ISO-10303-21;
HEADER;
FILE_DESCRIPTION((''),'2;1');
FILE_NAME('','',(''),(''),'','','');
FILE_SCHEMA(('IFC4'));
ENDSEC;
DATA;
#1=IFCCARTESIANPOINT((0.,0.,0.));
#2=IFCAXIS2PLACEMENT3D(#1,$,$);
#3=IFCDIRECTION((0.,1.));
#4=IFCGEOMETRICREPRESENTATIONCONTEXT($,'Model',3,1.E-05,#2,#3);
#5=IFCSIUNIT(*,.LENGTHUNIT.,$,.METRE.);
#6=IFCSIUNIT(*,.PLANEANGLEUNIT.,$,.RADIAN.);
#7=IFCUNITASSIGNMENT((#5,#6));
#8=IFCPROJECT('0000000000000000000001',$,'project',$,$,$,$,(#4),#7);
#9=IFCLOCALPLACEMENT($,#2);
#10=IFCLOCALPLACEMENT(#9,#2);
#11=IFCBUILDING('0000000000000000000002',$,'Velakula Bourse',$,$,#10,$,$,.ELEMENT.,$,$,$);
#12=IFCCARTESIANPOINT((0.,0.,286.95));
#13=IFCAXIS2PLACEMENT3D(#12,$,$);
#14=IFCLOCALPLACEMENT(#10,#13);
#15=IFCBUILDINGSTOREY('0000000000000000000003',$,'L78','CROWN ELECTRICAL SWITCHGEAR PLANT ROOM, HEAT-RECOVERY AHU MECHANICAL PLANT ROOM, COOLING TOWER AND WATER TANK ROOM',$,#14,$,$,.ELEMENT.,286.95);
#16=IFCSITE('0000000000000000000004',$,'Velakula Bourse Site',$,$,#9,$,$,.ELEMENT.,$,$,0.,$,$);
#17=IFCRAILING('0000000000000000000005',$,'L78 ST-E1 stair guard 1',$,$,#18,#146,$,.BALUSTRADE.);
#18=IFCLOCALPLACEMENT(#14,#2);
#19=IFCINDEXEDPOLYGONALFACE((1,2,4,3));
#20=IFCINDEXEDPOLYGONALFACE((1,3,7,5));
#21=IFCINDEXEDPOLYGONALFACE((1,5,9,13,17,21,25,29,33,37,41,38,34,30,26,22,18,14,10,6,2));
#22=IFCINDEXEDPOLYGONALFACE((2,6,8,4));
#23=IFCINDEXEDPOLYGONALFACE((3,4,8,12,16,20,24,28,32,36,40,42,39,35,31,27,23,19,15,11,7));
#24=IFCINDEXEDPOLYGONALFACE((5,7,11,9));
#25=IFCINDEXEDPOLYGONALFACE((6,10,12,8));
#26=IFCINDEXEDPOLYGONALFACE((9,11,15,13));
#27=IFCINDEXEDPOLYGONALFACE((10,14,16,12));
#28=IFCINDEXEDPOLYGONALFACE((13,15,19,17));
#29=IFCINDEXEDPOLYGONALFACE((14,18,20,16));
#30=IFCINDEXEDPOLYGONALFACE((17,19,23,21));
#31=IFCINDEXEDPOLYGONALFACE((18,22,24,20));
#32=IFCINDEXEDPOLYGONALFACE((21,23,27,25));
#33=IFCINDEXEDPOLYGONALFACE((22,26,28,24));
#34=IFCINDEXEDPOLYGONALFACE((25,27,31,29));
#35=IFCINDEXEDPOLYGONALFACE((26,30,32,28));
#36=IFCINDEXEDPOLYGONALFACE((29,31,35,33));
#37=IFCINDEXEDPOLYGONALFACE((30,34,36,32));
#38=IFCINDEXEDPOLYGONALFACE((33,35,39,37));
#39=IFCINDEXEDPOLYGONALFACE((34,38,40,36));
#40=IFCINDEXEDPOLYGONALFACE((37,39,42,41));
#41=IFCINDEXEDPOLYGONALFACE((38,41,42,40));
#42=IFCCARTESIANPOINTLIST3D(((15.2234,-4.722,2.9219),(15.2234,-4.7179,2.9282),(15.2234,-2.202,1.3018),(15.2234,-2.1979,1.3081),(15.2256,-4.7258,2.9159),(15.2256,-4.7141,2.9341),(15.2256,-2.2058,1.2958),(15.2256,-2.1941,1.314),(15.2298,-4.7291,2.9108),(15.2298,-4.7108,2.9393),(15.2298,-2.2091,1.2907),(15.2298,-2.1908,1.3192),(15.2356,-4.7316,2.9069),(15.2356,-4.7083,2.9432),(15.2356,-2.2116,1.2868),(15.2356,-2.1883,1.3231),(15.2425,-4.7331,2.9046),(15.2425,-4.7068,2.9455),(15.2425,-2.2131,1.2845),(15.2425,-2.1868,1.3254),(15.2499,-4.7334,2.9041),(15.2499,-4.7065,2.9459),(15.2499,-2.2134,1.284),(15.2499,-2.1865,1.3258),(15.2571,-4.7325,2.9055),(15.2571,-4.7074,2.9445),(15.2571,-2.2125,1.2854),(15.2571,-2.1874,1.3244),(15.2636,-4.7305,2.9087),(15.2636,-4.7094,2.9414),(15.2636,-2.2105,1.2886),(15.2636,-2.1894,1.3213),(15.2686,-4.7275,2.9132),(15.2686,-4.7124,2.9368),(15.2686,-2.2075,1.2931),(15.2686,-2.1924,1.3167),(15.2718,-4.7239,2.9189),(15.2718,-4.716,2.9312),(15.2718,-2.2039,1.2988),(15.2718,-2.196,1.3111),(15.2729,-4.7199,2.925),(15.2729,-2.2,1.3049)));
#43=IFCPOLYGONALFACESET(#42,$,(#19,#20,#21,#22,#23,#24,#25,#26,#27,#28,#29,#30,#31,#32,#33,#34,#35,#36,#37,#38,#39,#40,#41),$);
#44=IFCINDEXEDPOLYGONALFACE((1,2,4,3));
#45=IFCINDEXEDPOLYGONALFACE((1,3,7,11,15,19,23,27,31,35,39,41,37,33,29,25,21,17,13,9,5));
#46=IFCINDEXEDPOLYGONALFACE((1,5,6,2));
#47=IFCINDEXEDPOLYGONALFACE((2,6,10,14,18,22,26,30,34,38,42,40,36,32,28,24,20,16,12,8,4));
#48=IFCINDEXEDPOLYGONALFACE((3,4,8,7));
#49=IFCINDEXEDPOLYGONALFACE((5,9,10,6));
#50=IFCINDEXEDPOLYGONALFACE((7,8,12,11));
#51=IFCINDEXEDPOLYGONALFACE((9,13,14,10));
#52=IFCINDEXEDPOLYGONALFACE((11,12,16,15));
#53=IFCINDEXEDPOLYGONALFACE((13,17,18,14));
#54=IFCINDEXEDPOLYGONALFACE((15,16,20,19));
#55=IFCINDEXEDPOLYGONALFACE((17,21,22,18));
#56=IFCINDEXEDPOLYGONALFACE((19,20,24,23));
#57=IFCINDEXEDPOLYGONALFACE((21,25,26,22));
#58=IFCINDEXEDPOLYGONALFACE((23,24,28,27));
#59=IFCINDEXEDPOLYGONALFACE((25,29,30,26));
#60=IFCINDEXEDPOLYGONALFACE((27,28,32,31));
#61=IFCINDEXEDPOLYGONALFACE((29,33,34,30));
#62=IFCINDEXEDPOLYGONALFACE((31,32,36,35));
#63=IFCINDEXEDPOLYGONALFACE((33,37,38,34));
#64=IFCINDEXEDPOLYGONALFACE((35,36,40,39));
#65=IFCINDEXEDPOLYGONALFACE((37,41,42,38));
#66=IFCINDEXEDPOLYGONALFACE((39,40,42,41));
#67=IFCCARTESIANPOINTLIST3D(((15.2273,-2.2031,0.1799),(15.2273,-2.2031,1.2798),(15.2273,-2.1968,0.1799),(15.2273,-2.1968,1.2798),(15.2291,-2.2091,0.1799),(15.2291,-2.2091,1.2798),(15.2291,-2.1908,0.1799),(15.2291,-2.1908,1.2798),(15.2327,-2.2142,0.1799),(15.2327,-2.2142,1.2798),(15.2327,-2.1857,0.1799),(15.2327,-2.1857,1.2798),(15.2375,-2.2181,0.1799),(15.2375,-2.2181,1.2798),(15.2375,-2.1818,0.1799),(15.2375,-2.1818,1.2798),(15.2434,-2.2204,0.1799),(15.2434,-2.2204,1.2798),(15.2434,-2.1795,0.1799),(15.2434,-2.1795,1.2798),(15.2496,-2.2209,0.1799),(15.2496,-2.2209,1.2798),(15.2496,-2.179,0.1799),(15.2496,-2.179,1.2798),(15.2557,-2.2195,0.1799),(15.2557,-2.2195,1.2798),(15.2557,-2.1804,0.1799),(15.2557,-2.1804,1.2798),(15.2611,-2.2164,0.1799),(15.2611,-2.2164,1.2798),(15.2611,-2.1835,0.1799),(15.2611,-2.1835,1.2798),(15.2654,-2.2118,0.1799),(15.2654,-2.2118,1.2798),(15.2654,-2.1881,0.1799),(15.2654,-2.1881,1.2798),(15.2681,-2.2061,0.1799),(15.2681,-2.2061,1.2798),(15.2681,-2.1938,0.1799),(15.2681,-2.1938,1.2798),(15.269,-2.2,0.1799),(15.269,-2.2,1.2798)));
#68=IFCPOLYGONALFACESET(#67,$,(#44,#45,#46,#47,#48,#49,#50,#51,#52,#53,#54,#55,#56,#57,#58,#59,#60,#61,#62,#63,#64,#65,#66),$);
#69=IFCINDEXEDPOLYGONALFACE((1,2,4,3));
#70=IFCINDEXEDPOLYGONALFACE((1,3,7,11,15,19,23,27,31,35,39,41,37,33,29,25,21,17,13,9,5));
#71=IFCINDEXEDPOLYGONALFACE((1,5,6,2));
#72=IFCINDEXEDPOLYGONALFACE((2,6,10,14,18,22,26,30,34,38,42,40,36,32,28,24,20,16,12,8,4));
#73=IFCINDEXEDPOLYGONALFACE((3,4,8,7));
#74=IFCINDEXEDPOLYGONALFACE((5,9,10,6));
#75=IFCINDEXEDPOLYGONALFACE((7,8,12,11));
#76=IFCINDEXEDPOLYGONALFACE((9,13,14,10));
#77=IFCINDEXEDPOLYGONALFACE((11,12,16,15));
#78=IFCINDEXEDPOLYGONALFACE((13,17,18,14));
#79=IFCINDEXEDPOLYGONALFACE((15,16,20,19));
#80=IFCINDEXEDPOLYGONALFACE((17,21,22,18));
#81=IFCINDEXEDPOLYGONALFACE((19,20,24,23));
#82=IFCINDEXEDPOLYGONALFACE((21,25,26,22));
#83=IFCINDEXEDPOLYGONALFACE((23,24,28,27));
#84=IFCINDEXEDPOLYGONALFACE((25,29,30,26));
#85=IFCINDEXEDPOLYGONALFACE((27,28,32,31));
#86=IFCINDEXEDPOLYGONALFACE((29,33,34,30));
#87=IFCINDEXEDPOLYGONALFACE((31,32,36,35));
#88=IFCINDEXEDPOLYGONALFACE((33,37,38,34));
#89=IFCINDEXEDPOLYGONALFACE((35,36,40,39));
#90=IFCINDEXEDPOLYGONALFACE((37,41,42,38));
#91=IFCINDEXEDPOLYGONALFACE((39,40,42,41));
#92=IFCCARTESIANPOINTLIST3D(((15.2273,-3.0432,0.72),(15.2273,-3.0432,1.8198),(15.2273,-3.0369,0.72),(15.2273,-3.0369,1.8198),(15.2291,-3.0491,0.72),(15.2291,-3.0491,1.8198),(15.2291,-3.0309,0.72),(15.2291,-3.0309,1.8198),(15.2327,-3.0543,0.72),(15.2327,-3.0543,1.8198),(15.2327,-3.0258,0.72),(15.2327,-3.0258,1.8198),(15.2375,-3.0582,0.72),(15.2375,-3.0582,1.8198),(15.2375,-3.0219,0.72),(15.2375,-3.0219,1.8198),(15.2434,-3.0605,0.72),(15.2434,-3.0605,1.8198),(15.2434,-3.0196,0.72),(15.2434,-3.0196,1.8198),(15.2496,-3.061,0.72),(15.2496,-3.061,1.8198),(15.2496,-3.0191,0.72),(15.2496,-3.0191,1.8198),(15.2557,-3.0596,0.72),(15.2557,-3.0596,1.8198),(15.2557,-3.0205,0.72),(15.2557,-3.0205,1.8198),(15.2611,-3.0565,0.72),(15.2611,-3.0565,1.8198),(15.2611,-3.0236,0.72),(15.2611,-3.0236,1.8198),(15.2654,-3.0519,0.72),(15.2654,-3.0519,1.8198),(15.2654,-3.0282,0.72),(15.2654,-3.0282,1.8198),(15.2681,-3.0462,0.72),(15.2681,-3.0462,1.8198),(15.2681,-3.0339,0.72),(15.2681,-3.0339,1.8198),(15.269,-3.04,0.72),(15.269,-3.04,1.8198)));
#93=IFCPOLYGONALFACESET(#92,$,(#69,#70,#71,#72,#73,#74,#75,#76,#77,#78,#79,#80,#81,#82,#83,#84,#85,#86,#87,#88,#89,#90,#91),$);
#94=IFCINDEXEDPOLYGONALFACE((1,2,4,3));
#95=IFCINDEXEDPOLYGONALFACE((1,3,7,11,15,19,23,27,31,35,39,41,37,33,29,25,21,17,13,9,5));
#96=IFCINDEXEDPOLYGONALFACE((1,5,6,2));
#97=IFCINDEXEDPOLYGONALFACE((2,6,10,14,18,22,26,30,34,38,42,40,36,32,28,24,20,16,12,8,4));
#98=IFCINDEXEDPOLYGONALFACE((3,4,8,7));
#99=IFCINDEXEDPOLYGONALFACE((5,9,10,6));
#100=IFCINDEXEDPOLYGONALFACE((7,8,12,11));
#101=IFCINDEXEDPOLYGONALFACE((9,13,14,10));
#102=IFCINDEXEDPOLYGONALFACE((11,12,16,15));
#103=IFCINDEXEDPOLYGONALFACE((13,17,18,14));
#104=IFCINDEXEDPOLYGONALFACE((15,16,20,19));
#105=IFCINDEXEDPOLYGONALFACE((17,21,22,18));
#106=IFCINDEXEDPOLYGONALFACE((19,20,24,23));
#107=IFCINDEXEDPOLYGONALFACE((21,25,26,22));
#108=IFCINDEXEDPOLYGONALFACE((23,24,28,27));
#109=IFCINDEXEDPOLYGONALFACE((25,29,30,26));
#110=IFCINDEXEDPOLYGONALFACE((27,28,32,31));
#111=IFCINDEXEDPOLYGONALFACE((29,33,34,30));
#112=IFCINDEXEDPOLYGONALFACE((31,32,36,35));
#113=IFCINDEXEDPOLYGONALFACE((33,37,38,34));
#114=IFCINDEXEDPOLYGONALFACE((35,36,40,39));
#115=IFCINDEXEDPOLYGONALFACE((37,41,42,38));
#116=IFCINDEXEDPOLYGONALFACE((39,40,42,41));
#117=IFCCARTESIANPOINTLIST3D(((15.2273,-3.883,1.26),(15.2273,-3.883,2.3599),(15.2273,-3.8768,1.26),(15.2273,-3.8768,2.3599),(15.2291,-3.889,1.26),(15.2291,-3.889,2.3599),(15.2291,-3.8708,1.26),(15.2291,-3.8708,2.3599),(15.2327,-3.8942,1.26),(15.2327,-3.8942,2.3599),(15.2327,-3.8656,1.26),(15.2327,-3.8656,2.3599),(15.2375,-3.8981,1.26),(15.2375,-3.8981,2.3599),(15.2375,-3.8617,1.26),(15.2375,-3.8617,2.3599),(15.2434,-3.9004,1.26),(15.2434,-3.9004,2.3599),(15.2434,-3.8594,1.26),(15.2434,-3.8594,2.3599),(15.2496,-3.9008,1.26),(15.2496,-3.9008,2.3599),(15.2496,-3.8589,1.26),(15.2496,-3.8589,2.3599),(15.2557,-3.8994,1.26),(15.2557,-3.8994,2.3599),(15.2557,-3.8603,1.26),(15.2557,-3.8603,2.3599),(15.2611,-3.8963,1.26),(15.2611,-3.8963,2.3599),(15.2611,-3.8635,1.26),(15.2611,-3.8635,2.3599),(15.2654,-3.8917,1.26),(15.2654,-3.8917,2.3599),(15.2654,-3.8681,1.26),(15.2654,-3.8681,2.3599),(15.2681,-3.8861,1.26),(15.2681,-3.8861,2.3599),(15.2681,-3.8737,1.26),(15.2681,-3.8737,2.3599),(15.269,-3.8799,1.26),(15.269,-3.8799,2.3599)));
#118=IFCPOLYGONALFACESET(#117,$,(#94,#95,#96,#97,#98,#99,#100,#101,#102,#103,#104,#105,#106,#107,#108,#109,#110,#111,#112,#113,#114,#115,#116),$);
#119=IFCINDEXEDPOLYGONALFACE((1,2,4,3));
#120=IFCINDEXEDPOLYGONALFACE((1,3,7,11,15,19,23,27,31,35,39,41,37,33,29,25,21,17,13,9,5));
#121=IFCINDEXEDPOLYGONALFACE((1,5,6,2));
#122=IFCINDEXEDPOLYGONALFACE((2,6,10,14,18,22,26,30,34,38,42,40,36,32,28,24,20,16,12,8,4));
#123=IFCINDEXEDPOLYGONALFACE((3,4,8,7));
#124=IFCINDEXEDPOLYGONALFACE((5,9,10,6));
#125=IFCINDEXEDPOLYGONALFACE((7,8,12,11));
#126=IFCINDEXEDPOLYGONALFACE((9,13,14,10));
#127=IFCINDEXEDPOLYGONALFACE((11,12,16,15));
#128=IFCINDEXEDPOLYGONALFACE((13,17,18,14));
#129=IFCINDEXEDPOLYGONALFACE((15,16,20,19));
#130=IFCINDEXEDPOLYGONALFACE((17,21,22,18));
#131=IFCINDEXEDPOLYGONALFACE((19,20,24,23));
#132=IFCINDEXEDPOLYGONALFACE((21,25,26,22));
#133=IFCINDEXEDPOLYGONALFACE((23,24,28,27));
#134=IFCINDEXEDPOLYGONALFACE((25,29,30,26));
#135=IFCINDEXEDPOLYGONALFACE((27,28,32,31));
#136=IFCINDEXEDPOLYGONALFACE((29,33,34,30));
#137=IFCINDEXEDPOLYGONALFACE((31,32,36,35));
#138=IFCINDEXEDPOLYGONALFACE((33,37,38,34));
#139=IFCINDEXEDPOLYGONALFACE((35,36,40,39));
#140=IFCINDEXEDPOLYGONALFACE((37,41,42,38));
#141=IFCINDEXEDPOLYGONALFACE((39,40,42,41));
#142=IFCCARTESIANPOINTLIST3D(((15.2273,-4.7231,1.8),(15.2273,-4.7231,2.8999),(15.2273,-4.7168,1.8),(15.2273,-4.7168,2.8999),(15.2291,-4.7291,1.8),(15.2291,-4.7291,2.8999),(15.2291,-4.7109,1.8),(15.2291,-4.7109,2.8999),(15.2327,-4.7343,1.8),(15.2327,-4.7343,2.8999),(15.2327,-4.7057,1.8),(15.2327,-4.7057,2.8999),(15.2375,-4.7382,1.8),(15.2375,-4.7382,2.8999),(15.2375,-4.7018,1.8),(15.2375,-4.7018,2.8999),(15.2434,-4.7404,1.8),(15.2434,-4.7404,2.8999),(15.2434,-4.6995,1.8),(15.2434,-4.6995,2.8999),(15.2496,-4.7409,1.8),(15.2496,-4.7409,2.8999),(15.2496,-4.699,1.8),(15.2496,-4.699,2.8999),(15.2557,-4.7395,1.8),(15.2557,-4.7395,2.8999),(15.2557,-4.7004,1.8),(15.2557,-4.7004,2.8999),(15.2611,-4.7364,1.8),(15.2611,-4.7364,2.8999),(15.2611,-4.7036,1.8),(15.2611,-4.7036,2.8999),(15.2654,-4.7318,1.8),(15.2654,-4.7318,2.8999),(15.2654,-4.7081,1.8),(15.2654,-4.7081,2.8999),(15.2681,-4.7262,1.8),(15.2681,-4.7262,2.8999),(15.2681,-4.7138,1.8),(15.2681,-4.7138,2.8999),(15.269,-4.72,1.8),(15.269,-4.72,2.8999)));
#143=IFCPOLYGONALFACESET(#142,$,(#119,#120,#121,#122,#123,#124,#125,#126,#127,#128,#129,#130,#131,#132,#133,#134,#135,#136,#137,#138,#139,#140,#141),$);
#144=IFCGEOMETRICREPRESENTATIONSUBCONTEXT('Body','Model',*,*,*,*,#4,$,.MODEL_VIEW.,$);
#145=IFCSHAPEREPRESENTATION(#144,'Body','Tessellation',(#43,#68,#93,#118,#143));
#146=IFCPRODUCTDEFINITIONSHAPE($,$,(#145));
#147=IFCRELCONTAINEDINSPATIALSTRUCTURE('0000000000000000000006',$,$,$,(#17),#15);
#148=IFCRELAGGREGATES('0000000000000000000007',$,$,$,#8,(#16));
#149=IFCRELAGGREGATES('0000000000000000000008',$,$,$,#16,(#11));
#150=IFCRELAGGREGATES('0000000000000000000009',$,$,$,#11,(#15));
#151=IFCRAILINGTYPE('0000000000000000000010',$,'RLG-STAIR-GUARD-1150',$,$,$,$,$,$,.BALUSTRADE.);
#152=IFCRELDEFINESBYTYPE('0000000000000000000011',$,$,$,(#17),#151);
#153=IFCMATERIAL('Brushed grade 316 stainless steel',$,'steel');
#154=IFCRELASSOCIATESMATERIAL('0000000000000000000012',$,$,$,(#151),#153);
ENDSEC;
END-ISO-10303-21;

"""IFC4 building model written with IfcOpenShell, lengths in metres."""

from ifc_helpers import new_model, si_unit, direction, frame, origin, origin_2d, place, context, subcontext, project, spatial, circle, extrude, material, type_object, element, save


model = new_model("IFC4")

# Units and contexts
model_context = context("Model", 3, precision=1e-05, world=origin(), true_north=direction((0.0, 1.0)))
body_context = subcontext(model_context, "Body", "Model", "MODEL_VIEW")
ifc_project = project(units=[si_unit("LENGTHUNIT", "METRE"), si_unit("PLANEANGLEUNIT", "RADIAN")], contexts=[model_context])

# Site, building, storey
site_placement = place(None, origin())
site = spatial("IfcSite", under=ifc_project, at=site_placement, Name="Velakula Bourse Site", CompositionType="ELEMENT", RefElevation=0.0)
building_placement = place(site_placement, origin())
building = spatial("IfcBuilding", under=site, at=building_placement, Name="Velakula Bourse", CompositionType="ELEMENT")
storey_placement = place(building_placement, frame((0.0, 0.0, 286.95)))
storey = spatial("IfcBuildingStorey", under=building, at=storey_placement, Name="L78", Description="CROWN ELECTRICAL SWITCHGEAR PLANT ROOM, HEAT-RECOVERY AHU MECHANICAL PLANT ROOM, COOLING TOWER AND WATER TANK ROOM", CompositionType="ELEMENT", Elevation=286.95)

# Shared definitions
ifc_material_1 = material(Name="Brushed grade 316 stainless steel", Category="steel")

# Railing
railing_type_1 = type_object("IfcRailingType", Name="RLG-STAIR-GUARD-1150", PredefinedType="BALUSTRADE", material=ifc_material_1)
railing_1_placement = place(storey_placement, frame((15.248, -2.2, 0.1799)))
element("IfcRailing", 1, at=railing_1_placement, inside=storey, type_object=railing_type_1, Name="L78 ST-E1 stair guard 1", PredefinedType="BALUSTRADE", context=body_context, shape_type="SweptSolid", body=[
    extrude(circle(Radius=0.0249, at=origin_2d()), frame((0.0, 0.0, 1.125), z_axis=(0.0, -0.841163, 0.540782), x_axis=(1.0, 0.0, 0.0)), (0.0, 0.0, 1.0), 2.9958),
    extrude(circle(Radius=0.021, at=origin_2d()), origin(), (0.0, 0.0, 1.0), 1.0999),
    extrude(circle(Radius=0.021, at=origin_2d()), frame((0.0, -0.8401, 0.54)), (0.0, 0.0, 1.0), 1.0999),
    extrude(circle(Radius=0.021, at=origin_2d()), frame((0.0, -1.6799, 1.0801)), (0.0, 0.0, 1.0), 1.0999),
    extrude(circle(Radius=0.021, at=origin_2d()), frame((0.0, -2.52, 1.6201)), (0.0, 0.0, 1.0), 1.0999),
])

save(model, "model.ifc")
